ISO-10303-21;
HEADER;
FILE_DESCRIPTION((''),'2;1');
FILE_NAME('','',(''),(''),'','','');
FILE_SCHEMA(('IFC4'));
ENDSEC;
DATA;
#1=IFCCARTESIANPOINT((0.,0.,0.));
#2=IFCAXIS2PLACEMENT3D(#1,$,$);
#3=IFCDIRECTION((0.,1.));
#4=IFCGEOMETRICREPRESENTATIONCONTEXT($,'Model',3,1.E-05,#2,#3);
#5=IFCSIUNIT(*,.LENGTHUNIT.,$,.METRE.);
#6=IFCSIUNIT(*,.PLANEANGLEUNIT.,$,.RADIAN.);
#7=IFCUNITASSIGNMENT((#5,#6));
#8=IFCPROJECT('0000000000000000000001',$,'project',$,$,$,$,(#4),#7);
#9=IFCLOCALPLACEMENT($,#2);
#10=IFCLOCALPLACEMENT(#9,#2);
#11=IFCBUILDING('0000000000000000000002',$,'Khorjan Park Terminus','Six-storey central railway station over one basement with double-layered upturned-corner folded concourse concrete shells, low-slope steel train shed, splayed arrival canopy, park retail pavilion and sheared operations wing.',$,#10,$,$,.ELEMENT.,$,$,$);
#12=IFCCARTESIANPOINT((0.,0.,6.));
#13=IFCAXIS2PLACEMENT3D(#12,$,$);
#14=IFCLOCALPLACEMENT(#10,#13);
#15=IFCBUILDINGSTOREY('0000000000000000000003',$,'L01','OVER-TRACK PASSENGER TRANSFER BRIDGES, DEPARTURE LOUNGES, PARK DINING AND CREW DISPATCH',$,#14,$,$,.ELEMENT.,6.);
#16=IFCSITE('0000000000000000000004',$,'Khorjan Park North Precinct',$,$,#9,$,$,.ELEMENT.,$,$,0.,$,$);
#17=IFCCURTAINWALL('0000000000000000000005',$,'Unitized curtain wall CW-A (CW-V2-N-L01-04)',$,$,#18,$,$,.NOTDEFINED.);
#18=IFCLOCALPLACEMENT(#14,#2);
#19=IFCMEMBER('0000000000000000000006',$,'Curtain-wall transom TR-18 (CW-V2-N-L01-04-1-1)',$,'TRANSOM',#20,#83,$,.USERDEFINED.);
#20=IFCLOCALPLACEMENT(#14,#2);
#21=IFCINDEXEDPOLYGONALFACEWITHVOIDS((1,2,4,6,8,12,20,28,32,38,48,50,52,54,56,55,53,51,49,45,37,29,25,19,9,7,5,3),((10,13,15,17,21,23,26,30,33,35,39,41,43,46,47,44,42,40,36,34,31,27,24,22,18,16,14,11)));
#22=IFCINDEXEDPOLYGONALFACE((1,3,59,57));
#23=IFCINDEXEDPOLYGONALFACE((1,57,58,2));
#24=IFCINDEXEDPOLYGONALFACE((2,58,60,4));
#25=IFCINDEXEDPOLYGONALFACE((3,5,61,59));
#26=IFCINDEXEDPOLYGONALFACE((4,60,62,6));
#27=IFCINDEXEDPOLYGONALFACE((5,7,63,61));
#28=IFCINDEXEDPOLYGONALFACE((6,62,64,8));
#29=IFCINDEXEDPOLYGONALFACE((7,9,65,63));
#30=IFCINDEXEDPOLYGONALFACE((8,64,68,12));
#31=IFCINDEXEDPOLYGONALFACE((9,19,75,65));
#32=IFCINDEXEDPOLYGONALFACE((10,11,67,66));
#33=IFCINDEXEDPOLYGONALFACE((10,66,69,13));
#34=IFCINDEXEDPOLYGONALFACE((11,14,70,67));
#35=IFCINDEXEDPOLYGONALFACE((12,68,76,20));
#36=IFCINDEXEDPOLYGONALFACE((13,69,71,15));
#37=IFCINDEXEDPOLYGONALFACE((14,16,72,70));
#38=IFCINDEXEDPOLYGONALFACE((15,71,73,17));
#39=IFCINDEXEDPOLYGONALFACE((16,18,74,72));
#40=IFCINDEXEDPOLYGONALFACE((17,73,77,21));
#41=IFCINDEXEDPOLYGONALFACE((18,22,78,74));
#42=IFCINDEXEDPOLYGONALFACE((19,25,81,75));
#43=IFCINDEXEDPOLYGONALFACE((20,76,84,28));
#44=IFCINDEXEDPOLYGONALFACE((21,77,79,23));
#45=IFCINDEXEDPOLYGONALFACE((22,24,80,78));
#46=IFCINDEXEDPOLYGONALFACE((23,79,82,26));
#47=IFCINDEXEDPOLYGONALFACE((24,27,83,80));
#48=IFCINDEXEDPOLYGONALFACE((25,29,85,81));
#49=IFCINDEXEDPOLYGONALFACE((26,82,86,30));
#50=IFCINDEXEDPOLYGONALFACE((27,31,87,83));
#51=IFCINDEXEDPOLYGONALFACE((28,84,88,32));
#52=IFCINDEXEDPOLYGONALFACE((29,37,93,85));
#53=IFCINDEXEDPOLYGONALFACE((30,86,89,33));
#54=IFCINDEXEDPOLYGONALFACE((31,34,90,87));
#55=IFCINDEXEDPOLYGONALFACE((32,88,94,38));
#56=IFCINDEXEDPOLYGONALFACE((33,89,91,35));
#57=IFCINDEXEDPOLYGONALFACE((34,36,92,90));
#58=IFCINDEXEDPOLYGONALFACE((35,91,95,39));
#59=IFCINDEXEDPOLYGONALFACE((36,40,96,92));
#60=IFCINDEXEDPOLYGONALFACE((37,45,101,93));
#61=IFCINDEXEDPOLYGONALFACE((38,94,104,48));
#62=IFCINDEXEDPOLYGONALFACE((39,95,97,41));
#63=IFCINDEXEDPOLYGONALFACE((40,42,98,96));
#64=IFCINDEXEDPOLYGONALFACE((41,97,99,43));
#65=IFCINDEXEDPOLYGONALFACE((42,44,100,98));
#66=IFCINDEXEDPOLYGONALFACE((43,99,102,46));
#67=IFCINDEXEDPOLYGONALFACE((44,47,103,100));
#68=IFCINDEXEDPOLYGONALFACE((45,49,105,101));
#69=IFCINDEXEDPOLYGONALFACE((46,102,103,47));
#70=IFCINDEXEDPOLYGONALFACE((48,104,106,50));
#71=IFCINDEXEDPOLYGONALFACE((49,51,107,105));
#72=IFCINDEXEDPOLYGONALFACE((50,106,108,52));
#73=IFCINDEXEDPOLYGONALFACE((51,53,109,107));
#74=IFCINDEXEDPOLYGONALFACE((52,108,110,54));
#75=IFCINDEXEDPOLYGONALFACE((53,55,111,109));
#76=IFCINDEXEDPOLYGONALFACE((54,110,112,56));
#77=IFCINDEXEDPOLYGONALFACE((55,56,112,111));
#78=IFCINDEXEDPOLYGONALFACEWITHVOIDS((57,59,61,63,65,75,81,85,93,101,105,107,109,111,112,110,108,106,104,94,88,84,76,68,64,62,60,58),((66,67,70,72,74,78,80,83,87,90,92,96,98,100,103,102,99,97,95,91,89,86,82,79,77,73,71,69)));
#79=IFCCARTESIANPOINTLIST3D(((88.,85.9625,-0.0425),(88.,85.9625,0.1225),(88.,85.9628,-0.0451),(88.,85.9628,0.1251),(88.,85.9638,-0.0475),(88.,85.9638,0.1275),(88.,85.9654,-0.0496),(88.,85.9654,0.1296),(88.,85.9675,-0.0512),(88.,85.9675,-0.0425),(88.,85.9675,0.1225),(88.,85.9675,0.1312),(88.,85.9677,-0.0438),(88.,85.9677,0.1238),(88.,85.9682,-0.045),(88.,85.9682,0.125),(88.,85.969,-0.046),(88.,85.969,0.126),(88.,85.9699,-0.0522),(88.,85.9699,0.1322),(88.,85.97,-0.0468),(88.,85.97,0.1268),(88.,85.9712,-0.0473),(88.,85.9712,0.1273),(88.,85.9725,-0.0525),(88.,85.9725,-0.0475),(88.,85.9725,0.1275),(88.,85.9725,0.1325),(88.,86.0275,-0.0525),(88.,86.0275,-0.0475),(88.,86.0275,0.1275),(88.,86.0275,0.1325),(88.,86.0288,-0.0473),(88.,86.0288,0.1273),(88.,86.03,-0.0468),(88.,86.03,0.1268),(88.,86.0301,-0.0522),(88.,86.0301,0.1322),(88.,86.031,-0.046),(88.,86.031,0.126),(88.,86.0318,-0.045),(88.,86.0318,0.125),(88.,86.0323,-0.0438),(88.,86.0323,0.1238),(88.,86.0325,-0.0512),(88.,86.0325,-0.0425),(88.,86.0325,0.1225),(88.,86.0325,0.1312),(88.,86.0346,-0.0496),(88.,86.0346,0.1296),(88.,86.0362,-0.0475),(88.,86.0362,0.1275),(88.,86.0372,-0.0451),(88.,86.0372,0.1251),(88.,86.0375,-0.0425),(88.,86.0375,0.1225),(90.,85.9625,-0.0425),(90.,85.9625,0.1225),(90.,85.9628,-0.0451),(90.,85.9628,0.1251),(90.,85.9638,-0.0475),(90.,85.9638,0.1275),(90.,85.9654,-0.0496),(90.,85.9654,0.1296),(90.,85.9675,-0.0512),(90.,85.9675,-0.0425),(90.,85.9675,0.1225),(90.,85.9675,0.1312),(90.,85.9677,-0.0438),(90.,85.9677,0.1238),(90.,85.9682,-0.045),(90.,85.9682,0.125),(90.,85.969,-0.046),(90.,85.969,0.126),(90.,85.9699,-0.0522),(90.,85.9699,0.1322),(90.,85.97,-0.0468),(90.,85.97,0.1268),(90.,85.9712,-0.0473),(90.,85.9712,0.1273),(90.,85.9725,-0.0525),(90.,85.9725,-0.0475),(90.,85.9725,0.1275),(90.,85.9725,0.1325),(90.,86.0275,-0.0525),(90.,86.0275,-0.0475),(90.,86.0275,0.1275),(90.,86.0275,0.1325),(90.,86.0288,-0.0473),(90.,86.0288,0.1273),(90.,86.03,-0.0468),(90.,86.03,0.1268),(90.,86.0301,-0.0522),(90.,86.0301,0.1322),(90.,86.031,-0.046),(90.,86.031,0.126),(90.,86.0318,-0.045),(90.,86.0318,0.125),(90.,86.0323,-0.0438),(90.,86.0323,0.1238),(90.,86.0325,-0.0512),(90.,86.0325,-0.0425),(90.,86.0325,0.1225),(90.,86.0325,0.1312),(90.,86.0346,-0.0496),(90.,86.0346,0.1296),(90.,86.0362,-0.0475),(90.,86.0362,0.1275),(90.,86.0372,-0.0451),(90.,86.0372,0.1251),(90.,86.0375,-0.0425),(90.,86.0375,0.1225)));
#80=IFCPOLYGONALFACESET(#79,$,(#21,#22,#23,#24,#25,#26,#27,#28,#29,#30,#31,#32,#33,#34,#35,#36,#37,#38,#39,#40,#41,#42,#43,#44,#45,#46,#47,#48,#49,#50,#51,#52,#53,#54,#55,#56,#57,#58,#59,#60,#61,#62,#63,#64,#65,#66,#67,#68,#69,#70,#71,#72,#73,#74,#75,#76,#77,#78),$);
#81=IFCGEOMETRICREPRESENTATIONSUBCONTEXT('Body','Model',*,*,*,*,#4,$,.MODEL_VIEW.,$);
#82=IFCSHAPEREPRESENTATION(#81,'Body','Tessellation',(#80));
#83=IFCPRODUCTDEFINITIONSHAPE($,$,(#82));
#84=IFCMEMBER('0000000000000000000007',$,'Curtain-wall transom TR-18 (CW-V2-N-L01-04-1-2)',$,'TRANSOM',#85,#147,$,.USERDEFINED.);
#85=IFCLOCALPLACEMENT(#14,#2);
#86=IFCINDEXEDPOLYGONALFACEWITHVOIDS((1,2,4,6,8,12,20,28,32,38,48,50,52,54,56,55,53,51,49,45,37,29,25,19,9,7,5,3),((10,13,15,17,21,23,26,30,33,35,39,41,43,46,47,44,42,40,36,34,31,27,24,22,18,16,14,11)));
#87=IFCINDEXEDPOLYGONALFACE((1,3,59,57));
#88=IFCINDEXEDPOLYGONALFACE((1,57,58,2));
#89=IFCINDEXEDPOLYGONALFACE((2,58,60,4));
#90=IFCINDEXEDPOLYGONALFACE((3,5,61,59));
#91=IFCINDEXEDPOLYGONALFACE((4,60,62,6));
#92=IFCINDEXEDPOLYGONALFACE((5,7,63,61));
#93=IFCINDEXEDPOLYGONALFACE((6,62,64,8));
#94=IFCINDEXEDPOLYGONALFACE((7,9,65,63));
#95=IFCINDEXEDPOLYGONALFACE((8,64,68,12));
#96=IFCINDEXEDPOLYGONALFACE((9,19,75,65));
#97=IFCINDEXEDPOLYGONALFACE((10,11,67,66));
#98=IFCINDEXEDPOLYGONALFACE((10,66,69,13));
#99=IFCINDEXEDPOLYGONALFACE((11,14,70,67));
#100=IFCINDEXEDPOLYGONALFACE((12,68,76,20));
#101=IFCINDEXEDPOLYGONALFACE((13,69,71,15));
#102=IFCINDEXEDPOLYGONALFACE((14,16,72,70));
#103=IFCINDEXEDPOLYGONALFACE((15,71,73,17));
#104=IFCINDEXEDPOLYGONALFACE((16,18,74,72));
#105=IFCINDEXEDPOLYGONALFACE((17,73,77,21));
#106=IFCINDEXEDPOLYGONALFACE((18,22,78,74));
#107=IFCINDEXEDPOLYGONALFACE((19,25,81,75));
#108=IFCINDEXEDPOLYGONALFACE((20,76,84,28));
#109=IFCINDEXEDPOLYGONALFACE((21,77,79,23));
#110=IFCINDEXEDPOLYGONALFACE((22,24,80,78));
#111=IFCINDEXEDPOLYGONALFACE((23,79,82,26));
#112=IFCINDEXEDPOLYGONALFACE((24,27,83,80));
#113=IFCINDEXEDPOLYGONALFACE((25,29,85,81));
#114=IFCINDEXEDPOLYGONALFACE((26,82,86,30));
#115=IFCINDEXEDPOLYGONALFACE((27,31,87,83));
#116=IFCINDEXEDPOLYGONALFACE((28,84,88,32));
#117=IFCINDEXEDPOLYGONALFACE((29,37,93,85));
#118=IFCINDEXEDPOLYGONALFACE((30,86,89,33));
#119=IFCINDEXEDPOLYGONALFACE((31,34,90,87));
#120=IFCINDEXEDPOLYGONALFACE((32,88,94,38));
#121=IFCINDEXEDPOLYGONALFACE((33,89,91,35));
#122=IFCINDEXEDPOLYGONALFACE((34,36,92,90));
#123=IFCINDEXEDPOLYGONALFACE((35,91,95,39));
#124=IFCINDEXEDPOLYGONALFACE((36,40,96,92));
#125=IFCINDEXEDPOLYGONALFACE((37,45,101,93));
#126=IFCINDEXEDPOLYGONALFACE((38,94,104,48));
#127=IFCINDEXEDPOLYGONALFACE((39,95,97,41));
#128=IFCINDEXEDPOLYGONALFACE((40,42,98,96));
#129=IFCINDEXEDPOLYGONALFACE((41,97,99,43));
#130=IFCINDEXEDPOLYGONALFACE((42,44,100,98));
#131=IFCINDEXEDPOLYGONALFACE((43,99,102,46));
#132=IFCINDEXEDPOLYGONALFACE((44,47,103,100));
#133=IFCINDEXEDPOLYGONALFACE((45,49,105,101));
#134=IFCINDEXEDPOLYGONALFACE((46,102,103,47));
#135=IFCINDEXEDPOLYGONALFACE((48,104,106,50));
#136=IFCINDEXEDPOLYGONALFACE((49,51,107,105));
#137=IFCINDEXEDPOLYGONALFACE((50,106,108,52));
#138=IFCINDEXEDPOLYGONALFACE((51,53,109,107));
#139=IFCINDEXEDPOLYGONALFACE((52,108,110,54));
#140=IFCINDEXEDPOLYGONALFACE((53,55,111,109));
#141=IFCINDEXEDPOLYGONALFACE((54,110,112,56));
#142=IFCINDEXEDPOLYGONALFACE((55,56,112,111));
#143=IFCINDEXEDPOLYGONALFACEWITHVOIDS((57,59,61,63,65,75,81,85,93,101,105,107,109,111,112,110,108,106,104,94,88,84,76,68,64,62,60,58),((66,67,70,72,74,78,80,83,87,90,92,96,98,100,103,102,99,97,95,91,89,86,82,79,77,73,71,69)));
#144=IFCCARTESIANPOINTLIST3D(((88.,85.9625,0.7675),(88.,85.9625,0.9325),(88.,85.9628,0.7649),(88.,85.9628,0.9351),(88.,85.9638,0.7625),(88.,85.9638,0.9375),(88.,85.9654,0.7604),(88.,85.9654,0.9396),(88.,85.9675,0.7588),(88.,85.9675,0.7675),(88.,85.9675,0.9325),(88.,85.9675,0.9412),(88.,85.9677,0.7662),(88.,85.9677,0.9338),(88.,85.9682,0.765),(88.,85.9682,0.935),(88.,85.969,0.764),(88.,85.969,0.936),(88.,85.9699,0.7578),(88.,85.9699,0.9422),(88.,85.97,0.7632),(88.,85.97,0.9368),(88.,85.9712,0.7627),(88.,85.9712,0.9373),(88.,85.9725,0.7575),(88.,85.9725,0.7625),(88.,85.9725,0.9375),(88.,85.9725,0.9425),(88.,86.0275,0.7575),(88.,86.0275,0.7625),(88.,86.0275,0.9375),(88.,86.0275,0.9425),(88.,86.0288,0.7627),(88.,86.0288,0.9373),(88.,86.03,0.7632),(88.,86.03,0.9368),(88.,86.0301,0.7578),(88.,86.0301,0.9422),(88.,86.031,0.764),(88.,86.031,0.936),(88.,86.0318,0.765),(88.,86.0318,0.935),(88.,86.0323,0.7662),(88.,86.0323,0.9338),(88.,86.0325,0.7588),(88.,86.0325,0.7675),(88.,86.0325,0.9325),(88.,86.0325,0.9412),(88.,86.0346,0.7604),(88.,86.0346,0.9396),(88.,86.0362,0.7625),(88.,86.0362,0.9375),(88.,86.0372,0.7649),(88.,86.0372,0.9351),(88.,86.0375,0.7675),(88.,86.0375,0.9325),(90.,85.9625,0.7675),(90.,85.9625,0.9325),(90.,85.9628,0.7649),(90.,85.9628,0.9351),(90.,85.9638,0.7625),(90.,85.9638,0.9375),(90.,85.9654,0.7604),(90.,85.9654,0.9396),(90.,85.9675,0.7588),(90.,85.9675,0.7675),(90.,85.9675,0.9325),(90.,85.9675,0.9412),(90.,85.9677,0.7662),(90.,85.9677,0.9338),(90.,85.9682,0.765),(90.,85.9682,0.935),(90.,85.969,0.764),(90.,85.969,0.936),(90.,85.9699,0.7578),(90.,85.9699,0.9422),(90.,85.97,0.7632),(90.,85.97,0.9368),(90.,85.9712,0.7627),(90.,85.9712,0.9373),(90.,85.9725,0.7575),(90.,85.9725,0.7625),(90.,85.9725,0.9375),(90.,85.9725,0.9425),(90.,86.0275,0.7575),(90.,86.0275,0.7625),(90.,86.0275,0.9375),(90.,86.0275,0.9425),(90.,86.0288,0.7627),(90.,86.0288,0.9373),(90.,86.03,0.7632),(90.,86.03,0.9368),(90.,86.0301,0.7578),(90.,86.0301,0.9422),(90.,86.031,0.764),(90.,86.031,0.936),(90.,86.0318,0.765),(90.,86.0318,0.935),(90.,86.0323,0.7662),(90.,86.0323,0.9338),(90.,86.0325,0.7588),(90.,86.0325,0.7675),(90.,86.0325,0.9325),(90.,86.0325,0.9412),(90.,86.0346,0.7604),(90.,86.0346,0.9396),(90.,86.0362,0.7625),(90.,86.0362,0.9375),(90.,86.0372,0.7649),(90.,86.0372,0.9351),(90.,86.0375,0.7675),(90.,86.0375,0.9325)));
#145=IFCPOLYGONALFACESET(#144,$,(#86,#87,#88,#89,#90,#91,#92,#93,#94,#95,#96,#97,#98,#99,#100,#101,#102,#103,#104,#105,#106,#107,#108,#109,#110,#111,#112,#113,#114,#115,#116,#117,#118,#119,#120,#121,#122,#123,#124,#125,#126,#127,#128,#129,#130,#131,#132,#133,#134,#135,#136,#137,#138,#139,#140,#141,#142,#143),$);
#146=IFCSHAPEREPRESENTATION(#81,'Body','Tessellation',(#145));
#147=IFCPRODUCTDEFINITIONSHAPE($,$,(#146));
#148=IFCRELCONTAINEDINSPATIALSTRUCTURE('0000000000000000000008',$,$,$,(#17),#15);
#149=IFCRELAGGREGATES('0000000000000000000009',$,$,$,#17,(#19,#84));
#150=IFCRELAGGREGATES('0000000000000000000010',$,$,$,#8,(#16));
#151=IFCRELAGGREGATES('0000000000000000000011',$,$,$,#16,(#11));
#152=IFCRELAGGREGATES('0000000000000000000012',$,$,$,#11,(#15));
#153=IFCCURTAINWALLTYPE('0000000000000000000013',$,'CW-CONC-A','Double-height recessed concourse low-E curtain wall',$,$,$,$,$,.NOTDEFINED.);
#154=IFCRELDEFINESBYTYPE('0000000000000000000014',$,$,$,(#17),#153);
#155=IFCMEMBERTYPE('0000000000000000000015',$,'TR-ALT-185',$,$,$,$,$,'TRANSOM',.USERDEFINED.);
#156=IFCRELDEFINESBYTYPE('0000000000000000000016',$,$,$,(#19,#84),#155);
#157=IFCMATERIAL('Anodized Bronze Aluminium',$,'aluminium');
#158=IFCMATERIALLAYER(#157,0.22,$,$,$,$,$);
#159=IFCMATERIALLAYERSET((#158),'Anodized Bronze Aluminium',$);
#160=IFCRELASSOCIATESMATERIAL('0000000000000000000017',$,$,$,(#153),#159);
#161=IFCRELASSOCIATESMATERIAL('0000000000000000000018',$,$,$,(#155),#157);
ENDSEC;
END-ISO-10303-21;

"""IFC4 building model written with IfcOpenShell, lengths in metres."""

from ifc_helpers import new_model, si_unit, direction, frame, origin, origin_2d, place, context, subcontext, project, spatial, hollow_rectangle, extrude, material, layer, layer_set, material_profile, profile_set, type_object, element, aggregate, save


model = new_model("IFC4")

# Units and contexts
model_context = context("Model", 3, precision=1e-05, world=origin(), true_north=direction((0.0, 1.0)))
body_context = subcontext(model_context, "Body", "Model", "MODEL_VIEW")
ifc_project = project(units=[si_unit("LENGTHUNIT", "METRE"), si_unit("PLANEANGLEUNIT", "RADIAN")], contexts=[model_context])

# Site, building, storey
site_placement = place(None, origin())
site = spatial("IfcSite", under=ifc_project, at=site_placement, Name="Khorjan Park North Precinct", CompositionType="ELEMENT", RefElevation=0.0)
building_placement = place(site_placement, origin())
building = spatial("IfcBuilding", under=site, at=building_placement, Name="Khorjan Park Terminus", Description="Six-storey central railway station over one basement with double-layered upturned-corner folded concourse concrete shells, low-slope steel train shed, splayed arrival canopy, park retail pavilion and sheared operations wing.", CompositionType="ELEMENT")
storey_placement = place(building_placement, frame((0.0, 0.0, 6.0)))
storey = spatial("IfcBuildingStorey", under=building, at=storey_placement, Name="L01", Description="OVER-TRACK PASSENGER TRANSFER BRIDGES, DEPARTURE LOUNGES, PARK DINING AND CREW DISPATCH", CompositionType="ELEMENT", Elevation=6.0)

# Curtain wall
ifc_material_1 = material(Name="Anodized Bronze Aluminium", Category="aluminium")
ifc_layer_1 = layer(ifc_material_1, 0.22)
ifc_layer_set_1 = layer_set([ifc_layer_1], Name="Anodized Bronze Aluminium")
curtain_wall_type = type_object("IfcCurtainWallType", Name="CW-CONC-A", Description="Double-height recessed concourse low-E curtain wall", PredefinedType="NOTDEFINED", material=ifc_layer_set_1)
curtain_wall_placement = place(storey_placement, origin())
curtain_wall = element("IfcCurtainWall", 1, at=curtain_wall_placement, inside=storey, type_object=curtain_wall_type, Name="Unitized curtain wall CW-A (CW-V2-N-L01-04)", PredefinedType="NOTDEFINED")

# Members
ifc_material_profile_1 = material_profile(ifc_material_1, hollow_rectangle(XDim=0.075, YDim=0.185, WallThickness=0.005, InnerFilletRadius=0.005, OuterFilletRadius=0.01, at=origin_2d()), Name="ALT 75x185x5")
ifc_profile_set_1 = profile_set([ifc_material_profile_1], Name="Anodized Bronze Aluminium")
member_type_1 = type_object("IfcMemberType", Name="TR-ALT-185", ElementType="TRANSOM", PredefinedType="USERDEFINED", material=ifc_profile_set_1)
member_1_placement = place(storey_placement, frame((90.0, 86.0, 0.04), z_axis=(-1.0, 0.0, 0.0), x_axis=(0.0, -1.0, 0.0)))
member_1 = element("IfcMember", 2, at=member_1_placement, type_object=member_type_1, Name="Curtain-wall transom TR-18 (CW-V2-N-L01-04-1-1)", ObjectType="TRANSOM", PredefinedType="USERDEFINED", context=body_context, shape_type="SweptSolid", body=[
    extrude(hollow_rectangle(XDim=0.075, YDim=0.185, WallThickness=0.005, InnerFilletRadius=0.005, OuterFilletRadius=0.01, at=origin_2d()), origin(), (0.0, 0.0, 1.0), 2.0),
])
member_2_placement = place(storey_placement, frame((90.0, 86.0, 0.85), z_axis=(-1.0, 0.0, 0.0), x_axis=(0.0, -1.0, 0.0)))
member_2 = element("IfcMember", 3, at=member_2_placement, type_object=member_type_1, Name="Curtain-wall transom TR-18 (CW-V2-N-L01-04-1-2)", ObjectType="TRANSOM", PredefinedType="USERDEFINED", context=body_context, shape_type="SweptSolid", body=[
    extrude(hollow_rectangle(XDim=0.075, YDim=0.185, WallThickness=0.005, InnerFilletRadius=0.005, OuterFilletRadius=0.01, at=origin_2d()), origin(), (0.0, 0.0, 1.0), 2.0),
])

aggregate(curtain_wall, [member_1, member_2])

save(model, "model.ifc")
